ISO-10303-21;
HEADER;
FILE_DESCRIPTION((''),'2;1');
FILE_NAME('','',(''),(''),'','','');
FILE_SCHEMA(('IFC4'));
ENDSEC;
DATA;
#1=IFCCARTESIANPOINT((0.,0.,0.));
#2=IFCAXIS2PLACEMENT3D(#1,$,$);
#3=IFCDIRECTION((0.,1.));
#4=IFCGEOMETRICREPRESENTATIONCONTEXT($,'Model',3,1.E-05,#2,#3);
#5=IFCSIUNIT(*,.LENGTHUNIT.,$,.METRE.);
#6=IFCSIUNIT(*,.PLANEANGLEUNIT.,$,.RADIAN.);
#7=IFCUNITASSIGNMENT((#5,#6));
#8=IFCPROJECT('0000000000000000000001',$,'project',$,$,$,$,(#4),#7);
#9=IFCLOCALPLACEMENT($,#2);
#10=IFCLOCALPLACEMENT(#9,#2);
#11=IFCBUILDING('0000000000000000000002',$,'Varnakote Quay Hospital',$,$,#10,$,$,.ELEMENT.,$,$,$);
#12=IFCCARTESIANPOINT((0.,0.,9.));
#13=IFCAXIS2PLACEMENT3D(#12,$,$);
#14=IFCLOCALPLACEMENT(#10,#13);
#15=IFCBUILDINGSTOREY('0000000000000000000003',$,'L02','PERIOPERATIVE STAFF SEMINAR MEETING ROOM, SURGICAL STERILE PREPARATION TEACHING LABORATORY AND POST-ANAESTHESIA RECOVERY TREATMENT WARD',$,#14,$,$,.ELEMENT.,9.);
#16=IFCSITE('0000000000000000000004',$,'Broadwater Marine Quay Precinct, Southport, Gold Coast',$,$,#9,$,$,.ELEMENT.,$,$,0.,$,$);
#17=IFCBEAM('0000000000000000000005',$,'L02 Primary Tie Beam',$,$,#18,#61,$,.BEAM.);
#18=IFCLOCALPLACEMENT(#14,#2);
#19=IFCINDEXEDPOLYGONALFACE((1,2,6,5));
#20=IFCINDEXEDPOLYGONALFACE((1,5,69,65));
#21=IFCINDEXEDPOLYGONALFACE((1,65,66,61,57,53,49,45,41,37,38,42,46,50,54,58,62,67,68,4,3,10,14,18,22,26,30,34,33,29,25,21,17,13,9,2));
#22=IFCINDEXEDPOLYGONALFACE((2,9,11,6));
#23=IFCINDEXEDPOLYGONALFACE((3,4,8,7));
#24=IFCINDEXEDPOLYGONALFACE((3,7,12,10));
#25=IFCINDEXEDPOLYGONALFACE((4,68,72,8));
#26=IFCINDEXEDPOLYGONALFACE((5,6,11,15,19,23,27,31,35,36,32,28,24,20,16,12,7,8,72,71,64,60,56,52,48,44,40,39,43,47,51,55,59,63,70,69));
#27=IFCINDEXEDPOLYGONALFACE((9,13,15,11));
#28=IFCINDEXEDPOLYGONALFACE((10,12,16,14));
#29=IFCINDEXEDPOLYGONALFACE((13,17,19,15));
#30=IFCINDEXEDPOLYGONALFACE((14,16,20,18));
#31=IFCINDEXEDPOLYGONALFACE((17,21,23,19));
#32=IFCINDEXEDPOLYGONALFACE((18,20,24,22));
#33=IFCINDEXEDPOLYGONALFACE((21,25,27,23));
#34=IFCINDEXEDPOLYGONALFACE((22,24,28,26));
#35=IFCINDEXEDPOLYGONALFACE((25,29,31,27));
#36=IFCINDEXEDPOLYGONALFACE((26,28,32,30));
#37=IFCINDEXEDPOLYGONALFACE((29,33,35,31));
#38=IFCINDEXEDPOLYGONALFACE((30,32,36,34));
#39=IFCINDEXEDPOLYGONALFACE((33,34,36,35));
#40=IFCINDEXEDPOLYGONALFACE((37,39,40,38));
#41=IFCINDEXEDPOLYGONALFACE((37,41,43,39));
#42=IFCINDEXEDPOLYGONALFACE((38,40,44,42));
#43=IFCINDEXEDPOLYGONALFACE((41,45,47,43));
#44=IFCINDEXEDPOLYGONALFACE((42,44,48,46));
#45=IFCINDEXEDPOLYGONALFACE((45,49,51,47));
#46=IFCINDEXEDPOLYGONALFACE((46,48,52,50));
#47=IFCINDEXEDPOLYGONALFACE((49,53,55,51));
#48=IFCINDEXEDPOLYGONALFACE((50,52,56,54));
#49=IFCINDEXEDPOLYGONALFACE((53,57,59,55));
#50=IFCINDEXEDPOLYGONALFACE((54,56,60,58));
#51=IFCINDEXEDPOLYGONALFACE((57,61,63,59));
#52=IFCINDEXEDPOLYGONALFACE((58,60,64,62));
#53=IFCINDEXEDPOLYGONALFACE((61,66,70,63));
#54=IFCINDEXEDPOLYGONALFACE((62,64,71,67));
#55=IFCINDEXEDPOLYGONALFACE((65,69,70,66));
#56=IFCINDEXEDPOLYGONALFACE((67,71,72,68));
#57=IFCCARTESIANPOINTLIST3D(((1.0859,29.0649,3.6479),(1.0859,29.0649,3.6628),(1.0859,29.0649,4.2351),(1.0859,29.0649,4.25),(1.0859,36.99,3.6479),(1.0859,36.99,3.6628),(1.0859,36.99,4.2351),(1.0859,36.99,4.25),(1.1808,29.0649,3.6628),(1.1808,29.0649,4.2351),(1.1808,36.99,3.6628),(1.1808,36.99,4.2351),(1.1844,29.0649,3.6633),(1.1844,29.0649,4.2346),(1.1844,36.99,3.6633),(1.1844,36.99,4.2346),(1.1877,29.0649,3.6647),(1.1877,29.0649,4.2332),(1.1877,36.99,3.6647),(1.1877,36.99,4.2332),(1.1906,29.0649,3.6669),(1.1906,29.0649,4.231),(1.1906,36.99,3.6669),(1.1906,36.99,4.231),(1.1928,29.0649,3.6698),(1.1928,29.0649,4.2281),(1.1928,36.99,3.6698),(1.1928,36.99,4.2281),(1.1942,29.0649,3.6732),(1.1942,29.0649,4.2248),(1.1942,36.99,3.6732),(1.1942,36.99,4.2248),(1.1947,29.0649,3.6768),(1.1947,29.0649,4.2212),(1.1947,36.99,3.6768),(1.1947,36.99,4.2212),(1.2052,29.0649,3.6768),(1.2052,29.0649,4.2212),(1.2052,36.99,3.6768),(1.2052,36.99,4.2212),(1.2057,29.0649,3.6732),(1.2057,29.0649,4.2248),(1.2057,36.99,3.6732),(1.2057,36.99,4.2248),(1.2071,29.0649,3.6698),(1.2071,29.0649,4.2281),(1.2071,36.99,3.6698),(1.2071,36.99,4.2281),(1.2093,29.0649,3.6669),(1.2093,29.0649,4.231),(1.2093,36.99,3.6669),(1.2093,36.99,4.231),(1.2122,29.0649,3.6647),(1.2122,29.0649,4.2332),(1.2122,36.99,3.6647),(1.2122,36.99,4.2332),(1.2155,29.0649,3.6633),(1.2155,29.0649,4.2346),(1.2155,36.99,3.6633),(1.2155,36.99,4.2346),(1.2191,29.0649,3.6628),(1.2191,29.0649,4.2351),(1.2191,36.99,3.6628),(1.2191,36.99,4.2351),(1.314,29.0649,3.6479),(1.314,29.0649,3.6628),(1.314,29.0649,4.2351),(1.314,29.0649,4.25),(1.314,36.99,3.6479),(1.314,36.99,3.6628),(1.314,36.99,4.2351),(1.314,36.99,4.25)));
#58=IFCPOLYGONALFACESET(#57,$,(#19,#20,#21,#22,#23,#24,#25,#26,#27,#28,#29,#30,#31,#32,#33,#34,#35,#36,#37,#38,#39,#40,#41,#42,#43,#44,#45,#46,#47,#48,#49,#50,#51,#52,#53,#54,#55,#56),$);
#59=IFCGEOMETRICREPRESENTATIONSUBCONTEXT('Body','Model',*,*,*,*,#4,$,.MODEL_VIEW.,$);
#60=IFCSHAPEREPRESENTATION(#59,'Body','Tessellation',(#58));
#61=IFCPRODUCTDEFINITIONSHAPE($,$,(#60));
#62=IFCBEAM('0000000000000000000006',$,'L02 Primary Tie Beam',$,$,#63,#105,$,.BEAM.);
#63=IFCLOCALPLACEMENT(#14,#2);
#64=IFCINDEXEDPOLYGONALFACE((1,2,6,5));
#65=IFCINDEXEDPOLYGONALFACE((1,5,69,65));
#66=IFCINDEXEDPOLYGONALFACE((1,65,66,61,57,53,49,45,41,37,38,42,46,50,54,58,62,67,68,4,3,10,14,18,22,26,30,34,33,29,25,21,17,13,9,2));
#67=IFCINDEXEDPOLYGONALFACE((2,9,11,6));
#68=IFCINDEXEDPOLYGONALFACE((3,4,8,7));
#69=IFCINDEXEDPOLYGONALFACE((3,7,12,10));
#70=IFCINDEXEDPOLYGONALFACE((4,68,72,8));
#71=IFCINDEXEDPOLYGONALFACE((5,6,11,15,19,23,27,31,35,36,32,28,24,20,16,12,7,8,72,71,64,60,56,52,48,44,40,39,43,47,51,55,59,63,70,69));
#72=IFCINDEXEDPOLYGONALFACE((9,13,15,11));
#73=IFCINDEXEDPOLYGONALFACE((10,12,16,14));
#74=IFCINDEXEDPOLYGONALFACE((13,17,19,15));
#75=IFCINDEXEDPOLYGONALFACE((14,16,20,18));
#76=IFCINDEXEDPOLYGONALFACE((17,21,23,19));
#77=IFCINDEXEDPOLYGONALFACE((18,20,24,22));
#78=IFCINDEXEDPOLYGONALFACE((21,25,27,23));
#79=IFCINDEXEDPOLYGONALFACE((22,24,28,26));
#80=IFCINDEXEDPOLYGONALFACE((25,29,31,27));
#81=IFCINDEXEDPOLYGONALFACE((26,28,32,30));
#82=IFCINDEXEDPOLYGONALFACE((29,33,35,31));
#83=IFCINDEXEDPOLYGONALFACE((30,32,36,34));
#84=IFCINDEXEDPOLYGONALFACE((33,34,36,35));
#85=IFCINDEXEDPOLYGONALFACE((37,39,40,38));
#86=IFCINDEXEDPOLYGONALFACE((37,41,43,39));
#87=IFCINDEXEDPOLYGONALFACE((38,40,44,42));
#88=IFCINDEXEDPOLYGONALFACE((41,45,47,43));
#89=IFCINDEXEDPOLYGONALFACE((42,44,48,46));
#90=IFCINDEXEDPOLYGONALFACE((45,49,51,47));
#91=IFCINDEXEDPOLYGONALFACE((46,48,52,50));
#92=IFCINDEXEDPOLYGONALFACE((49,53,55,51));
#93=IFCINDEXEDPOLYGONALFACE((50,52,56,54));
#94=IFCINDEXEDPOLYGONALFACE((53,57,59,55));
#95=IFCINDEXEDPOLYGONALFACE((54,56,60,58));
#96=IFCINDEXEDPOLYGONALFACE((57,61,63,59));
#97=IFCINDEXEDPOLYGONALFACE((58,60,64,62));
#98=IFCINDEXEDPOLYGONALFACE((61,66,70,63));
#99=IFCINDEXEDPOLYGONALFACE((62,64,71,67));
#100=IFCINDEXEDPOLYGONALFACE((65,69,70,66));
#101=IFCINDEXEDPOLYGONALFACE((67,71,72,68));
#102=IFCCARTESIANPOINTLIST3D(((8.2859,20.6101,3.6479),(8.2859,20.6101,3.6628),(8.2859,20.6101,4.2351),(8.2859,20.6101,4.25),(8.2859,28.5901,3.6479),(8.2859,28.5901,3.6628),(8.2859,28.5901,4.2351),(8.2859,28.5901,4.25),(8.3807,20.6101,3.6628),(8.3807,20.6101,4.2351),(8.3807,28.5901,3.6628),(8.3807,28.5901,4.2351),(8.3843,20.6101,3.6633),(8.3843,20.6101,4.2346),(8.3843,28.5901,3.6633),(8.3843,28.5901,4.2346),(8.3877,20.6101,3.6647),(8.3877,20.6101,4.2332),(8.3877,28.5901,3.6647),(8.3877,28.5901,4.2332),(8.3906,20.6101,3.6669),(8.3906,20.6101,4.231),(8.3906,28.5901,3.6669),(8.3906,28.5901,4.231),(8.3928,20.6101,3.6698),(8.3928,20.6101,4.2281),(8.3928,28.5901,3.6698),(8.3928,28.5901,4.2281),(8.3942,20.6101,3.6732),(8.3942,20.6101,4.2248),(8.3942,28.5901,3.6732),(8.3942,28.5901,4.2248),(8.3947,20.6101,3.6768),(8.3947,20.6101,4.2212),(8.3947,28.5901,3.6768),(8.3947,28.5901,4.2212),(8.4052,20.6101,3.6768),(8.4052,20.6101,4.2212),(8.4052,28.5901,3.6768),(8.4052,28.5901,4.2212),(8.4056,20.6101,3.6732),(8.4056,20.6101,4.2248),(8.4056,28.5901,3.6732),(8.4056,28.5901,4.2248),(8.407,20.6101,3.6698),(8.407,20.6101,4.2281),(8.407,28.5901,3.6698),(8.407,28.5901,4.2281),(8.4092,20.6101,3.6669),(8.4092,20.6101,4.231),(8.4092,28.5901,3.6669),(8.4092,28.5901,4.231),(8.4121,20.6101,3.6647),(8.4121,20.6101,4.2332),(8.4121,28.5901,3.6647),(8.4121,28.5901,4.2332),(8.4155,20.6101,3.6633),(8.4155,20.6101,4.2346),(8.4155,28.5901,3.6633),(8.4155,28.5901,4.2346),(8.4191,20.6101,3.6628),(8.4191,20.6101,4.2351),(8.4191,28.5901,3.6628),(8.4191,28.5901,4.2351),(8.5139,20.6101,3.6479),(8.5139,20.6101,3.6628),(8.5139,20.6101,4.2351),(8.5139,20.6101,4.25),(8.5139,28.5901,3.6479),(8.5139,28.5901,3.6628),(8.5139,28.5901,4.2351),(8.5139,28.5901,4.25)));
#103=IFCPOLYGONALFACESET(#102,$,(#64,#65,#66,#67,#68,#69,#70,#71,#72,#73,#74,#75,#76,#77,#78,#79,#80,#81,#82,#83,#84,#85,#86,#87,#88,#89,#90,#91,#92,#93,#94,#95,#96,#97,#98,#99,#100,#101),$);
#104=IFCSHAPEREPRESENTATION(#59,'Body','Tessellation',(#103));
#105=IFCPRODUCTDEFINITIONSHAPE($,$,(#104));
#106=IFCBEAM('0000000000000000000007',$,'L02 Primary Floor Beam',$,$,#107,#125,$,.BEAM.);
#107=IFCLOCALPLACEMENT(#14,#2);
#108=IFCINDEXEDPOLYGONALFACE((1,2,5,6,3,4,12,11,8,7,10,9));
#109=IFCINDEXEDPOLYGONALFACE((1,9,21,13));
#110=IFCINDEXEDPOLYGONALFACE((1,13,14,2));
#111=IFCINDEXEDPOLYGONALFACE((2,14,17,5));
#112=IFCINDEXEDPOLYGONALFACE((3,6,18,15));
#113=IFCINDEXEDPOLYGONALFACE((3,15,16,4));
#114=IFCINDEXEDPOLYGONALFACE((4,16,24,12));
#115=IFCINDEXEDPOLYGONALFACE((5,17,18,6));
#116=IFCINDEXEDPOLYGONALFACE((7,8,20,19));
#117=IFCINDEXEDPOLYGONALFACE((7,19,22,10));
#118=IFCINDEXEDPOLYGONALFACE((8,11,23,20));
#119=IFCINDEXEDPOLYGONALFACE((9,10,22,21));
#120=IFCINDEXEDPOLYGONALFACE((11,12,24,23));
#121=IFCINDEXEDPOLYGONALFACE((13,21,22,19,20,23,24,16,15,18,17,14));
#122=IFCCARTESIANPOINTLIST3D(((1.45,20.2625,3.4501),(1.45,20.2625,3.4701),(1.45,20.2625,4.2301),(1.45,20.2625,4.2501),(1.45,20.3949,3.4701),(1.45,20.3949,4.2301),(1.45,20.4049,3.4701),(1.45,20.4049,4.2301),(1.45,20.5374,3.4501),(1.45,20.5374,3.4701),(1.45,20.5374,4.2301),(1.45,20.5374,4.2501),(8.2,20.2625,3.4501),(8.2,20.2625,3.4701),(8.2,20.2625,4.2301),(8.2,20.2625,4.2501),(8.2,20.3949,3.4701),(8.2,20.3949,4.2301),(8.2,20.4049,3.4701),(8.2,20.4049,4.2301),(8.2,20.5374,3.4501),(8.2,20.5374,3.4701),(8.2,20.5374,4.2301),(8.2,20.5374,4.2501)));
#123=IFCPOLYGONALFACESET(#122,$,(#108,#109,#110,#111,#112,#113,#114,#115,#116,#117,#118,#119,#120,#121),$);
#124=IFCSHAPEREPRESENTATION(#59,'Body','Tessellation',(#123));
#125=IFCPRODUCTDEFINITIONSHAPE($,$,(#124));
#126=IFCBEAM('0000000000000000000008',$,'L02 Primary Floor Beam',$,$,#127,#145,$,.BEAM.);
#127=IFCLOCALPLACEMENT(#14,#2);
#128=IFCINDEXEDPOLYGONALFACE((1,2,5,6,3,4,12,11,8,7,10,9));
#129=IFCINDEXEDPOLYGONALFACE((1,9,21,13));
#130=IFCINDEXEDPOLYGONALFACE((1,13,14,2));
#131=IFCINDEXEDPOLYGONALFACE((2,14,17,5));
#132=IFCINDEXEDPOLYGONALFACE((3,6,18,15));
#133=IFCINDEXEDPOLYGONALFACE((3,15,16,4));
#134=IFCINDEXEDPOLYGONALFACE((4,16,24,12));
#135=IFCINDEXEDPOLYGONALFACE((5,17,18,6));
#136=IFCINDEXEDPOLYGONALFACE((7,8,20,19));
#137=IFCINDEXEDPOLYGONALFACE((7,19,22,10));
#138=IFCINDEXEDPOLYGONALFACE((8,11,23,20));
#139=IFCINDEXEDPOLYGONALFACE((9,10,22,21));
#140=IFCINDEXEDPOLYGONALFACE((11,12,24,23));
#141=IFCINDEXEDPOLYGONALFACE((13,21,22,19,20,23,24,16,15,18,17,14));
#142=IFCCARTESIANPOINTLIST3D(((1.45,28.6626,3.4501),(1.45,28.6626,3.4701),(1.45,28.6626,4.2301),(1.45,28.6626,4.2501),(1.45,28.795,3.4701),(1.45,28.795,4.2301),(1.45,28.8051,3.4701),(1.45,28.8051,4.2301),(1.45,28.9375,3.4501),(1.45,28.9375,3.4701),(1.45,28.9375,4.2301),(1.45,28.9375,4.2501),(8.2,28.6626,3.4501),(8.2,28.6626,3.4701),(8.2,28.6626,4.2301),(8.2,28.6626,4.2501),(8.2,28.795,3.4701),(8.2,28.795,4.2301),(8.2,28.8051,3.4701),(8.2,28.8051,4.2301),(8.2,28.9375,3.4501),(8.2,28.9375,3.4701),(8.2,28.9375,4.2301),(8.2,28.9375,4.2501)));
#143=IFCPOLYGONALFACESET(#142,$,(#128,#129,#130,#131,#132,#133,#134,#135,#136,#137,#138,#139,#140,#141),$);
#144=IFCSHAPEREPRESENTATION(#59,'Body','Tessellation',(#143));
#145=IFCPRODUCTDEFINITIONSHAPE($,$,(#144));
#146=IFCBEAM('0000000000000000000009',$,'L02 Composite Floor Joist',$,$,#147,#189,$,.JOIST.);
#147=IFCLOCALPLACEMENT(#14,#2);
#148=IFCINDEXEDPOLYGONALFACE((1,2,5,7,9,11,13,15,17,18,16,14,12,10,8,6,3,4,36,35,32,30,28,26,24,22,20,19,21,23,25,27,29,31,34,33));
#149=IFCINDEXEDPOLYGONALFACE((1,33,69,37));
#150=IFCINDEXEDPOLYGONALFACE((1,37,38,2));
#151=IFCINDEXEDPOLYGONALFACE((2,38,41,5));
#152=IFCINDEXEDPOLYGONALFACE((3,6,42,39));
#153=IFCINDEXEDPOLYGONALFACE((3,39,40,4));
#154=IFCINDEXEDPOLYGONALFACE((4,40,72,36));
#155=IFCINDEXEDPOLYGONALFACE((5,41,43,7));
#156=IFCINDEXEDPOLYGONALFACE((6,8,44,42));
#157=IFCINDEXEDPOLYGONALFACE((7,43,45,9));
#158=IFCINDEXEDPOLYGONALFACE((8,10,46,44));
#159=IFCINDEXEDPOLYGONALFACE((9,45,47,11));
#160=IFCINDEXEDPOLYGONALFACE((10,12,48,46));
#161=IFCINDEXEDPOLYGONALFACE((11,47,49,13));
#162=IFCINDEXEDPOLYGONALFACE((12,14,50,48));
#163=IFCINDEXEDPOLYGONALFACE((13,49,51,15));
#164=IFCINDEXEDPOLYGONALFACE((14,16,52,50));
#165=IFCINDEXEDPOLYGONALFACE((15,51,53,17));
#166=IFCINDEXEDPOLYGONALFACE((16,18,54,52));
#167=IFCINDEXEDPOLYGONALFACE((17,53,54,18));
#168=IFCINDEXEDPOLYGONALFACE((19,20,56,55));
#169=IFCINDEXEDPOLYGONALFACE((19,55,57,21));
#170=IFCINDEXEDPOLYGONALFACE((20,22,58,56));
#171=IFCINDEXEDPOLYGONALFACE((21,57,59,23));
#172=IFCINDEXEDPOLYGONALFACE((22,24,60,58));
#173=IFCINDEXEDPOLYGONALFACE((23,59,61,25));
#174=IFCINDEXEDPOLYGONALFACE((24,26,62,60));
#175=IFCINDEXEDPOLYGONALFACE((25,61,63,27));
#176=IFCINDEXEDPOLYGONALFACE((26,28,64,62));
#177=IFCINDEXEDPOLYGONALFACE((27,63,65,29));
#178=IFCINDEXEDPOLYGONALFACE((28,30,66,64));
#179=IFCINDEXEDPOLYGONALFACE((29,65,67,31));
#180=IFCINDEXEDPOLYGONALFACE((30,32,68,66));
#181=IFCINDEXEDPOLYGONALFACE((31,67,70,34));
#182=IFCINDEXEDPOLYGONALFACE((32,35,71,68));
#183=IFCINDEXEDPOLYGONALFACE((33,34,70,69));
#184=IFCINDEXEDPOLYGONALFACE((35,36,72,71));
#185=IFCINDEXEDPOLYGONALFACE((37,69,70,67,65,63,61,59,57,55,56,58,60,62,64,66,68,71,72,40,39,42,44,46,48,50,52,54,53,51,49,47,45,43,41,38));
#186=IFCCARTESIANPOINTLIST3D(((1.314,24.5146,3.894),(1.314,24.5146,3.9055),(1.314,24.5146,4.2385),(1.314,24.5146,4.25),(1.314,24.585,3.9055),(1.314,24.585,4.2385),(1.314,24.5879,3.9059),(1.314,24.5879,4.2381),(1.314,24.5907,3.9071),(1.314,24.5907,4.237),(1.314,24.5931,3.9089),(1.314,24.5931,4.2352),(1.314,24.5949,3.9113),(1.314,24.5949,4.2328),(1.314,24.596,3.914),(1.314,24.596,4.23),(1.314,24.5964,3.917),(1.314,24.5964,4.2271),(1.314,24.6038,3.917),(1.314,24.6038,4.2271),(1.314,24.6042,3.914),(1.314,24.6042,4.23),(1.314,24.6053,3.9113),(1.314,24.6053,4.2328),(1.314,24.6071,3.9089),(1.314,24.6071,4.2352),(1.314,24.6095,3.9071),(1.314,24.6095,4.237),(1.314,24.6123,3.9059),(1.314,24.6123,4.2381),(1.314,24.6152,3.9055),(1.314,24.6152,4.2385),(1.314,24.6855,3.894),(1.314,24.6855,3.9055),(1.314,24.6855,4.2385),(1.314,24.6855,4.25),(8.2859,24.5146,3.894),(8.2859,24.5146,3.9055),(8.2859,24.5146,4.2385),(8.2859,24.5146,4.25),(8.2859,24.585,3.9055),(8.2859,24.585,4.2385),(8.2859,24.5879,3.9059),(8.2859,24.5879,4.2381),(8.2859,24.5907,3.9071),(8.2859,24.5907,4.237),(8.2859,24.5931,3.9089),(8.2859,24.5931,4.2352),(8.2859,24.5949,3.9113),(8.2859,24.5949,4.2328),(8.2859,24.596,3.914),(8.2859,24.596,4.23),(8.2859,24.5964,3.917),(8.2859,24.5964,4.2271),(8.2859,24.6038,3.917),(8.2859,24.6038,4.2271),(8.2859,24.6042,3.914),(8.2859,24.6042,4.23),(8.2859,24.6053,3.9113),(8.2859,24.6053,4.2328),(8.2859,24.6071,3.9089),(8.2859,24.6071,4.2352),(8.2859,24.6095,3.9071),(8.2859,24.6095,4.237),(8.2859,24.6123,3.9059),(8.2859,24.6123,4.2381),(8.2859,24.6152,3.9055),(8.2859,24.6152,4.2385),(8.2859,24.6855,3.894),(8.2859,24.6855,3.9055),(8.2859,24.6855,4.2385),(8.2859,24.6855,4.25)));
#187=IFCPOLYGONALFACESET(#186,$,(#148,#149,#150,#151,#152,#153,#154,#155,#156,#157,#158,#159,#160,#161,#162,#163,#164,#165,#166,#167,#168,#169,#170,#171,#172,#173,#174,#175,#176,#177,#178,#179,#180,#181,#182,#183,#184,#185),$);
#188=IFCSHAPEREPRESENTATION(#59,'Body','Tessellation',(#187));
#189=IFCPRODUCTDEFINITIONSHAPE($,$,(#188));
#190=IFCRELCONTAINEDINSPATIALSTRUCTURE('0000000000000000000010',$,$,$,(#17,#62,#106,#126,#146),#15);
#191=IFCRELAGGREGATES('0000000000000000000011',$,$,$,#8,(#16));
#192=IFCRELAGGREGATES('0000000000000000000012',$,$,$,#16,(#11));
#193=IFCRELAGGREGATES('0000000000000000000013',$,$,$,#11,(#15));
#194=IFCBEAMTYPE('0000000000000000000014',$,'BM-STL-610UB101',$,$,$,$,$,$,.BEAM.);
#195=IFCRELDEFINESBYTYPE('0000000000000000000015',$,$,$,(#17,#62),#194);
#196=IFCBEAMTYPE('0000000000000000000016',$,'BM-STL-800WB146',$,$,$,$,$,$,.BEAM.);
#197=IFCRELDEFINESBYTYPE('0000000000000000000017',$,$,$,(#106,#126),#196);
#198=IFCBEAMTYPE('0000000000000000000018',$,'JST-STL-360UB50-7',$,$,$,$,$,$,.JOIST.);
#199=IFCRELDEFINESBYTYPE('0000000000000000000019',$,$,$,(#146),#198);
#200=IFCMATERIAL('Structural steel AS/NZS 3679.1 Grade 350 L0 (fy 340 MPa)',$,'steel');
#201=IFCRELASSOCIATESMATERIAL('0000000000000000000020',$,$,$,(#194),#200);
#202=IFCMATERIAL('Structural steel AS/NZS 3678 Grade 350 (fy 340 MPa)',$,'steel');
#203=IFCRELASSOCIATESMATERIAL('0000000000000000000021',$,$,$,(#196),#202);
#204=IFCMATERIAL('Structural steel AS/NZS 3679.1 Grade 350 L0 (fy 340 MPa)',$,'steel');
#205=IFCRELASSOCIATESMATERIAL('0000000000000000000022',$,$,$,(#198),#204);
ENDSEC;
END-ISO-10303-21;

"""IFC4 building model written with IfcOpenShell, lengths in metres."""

from ifc_helpers import new_model, si_unit, direction, frame, origin, origin_2d, place, context, subcontext, project, spatial, i_section, extrude, material, material_profile, profile_set, type_object, element, save


model = new_model("IFC4")

# Units and contexts
model_context = context("Model", 3, precision=1e-05, world=origin(), true_north=direction((0.0, 1.0)))
body_context = subcontext(model_context, "Body", "Model", "MODEL_VIEW")
ifc_project = project(units=[si_unit("LENGTHUNIT", "METRE"), si_unit("PLANEANGLEUNIT", "RADIAN")], contexts=[model_context])

# Site, building, storey
site_placement = place(None, origin())
site = spatial("IfcSite", under=ifc_project, at=site_placement, Name="Broadwater Marine Quay Precinct, Southport, Gold Coast", CompositionType="ELEMENT", RefElevation=0.0)
building_placement = place(site_placement, origin())
building = spatial("IfcBuilding", under=site, at=building_placement, Name="Varnakote Quay Hospital", CompositionType="ELEMENT")
storey_placement = place(building_placement, frame((0.0, 0.0, 9.0)))
storey = spatial("IfcBuildingStorey", under=building, at=storey_placement, Name="L02", Description="PERIOPERATIVE STAFF SEMINAR MEETING ROOM, SURGICAL STERILE PREPARATION TEACHING LABORATORY AND POST-ANAESTHESIA RECOVERY TREATMENT WARD", CompositionType="ELEMENT", Elevation=9.0)

# Beams
ifc_material_1 = material(Name="Structural steel AS/NZS 3679.1 Grade 350 L0 (fy 340 MPa)", Category="steel")
ifc_material_profile_1 = material_profile(ifc_material_1, i_section(OverallWidth=0.228, OverallDepth=0.6021, WebThickness=0.0105, FlangeThickness=0.0149, FilletRadius=0.0139, at=origin_2d()), Name="610UB101")
ifc_profile_set_1 = profile_set([ifc_material_profile_1], Name="Structural steel AS/NZS 3679.1 Grade 350 L0 (fy 340 MPa)")
beam_type_1 = type_object("IfcBeamType", Name="BM-STL-610UB101", PredefinedType="BEAM", material=ifc_profile_set_1)
beam_1_placement = place(storey_placement, frame((1.2, 29.0649, 3.949), z_axis=(0.0, 1.0, 0.0), x_axis=(-1.0, 0.0, 0.0)))
element("IfcBeam", 1, at=beam_1_placement, inside=storey, type_object=beam_type_1, Name="L02 Primary Tie Beam", PredefinedType="BEAM", context=body_context, shape_type="SweptSolid", body=[
    extrude(i_section(OverallWidth=0.228, OverallDepth=0.6021, WebThickness=0.0105, FlangeThickness=0.0149, FilletRadius=0.0139, at=origin_2d()), origin(), (0.0, 0.0, 1.0), 7.925),
])
beam_2_placement = place(storey_placement, frame((8.3999, 20.6101, 3.949), z_axis=(0.0, 1.0, 0.0), x_axis=(-1.0, 0.0, 0.0)))
element("IfcBeam", 2, at=beam_2_placement, inside=storey, type_object=beam_type_1, Name="L02 Primary Tie Beam", PredefinedType="BEAM", context=body_context, shape_type="SweptSolid", body=[
    extrude(i_section(OverallWidth=0.228, OverallDepth=0.6021, WebThickness=0.0105, FlangeThickness=0.0149, FilletRadius=0.0139, at=origin_2d()), origin(), (0.0, 0.0, 1.0), 7.98),
])
ifc_material_2 = material(Name="Structural steel AS/NZS 3678 Grade 350 (fy 340 MPa)", Category="steel")
ifc_material_profile_2 = material_profile(ifc_material_2, i_section(OverallWidth=0.2749, OverallDepth=0.8, WebThickness=0.01, FlangeThickness=0.02, at=origin_2d()), Name="800WB146")
ifc_profile_set_2 = profile_set([ifc_material_profile_2], Name="Structural steel AS/NZS 3678 Grade 350 (fy 340 MPa)")
beam_type_2 = type_object("IfcBeamType", Name="BM-STL-800WB146", PredefinedType="BEAM", material=ifc_profile_set_2)
for number, where, z_axis, x_axis, name in (
    (3, (1.45, 20.3999, 3.8501), (1.0, 0.0, 0.0), (0.0, 1.0, 0.0), "L02 Primary Floor Beam"),
    (4, (1.45, 28.8, 3.8501), (1.0, 0.0, 0.0), (0.0, 1.0, 0.0), "L02 Primary Floor Beam"),
):
    element("IfcBeam", number, at=place(storey_placement, frame(where, z_axis=z_axis, x_axis=x_axis)), inside=storey, type_object=beam_type_2, Name=name, PredefinedType="BEAM", context=body_context, shape_type="SweptSolid", body=[
        extrude(i_section(OverallWidth=0.2749, OverallDepth=0.8, WebThickness=0.01, FlangeThickness=0.02, at=origin_2d()), origin(), (0.0, 0.0, 1.0), 6.75),
    ])
ifc_material_3 = material(Name="Structural steel AS/NZS 3679.1 Grade 350 L0 (fy 340 MPa)", Category="steel")
ifc_material_profile_3 = material_profile(ifc_material_3, i_section(OverallWidth=0.1709, OverallDepth=0.356, WebThickness=0.0073, FlangeThickness=0.0115, FilletRadius=0.0115, at=origin_2d()), Name="360UB50.7")
ifc_profile_set_3 = profile_set([ifc_material_profile_3], Name="Structural steel AS/NZS 3679.1 Grade 350 L0 (fy 340 MPa)")
beam_type_3 = type_object("IfcBeamType", Name="JST-STL-360UB50-7", PredefinedType="JOIST", material=ifc_profile_set_3)
beam_3_placement = place(storey_placement, frame((1.314, 24.6001, 4.072), z_axis=(1.0, 0.0, 0.0), x_axis=(0.0, 1.0, 0.0)))
element("IfcBeam", 5, at=beam_3_placement, inside=storey, type_object=beam_type_3, Name="L02 Composite Floor Joist", PredefinedType="JOIST", context=body_context, shape_type="SweptSolid", body=[
    extrude(i_section(OverallWidth=0.1709, OverallDepth=0.356, WebThickness=0.0073, FlangeThickness=0.0115, FilletRadius=0.0115, at=origin_2d()), origin(), (0.0, 0.0, 1.0), 6.9719),
])

save(model, "model.ifc")
